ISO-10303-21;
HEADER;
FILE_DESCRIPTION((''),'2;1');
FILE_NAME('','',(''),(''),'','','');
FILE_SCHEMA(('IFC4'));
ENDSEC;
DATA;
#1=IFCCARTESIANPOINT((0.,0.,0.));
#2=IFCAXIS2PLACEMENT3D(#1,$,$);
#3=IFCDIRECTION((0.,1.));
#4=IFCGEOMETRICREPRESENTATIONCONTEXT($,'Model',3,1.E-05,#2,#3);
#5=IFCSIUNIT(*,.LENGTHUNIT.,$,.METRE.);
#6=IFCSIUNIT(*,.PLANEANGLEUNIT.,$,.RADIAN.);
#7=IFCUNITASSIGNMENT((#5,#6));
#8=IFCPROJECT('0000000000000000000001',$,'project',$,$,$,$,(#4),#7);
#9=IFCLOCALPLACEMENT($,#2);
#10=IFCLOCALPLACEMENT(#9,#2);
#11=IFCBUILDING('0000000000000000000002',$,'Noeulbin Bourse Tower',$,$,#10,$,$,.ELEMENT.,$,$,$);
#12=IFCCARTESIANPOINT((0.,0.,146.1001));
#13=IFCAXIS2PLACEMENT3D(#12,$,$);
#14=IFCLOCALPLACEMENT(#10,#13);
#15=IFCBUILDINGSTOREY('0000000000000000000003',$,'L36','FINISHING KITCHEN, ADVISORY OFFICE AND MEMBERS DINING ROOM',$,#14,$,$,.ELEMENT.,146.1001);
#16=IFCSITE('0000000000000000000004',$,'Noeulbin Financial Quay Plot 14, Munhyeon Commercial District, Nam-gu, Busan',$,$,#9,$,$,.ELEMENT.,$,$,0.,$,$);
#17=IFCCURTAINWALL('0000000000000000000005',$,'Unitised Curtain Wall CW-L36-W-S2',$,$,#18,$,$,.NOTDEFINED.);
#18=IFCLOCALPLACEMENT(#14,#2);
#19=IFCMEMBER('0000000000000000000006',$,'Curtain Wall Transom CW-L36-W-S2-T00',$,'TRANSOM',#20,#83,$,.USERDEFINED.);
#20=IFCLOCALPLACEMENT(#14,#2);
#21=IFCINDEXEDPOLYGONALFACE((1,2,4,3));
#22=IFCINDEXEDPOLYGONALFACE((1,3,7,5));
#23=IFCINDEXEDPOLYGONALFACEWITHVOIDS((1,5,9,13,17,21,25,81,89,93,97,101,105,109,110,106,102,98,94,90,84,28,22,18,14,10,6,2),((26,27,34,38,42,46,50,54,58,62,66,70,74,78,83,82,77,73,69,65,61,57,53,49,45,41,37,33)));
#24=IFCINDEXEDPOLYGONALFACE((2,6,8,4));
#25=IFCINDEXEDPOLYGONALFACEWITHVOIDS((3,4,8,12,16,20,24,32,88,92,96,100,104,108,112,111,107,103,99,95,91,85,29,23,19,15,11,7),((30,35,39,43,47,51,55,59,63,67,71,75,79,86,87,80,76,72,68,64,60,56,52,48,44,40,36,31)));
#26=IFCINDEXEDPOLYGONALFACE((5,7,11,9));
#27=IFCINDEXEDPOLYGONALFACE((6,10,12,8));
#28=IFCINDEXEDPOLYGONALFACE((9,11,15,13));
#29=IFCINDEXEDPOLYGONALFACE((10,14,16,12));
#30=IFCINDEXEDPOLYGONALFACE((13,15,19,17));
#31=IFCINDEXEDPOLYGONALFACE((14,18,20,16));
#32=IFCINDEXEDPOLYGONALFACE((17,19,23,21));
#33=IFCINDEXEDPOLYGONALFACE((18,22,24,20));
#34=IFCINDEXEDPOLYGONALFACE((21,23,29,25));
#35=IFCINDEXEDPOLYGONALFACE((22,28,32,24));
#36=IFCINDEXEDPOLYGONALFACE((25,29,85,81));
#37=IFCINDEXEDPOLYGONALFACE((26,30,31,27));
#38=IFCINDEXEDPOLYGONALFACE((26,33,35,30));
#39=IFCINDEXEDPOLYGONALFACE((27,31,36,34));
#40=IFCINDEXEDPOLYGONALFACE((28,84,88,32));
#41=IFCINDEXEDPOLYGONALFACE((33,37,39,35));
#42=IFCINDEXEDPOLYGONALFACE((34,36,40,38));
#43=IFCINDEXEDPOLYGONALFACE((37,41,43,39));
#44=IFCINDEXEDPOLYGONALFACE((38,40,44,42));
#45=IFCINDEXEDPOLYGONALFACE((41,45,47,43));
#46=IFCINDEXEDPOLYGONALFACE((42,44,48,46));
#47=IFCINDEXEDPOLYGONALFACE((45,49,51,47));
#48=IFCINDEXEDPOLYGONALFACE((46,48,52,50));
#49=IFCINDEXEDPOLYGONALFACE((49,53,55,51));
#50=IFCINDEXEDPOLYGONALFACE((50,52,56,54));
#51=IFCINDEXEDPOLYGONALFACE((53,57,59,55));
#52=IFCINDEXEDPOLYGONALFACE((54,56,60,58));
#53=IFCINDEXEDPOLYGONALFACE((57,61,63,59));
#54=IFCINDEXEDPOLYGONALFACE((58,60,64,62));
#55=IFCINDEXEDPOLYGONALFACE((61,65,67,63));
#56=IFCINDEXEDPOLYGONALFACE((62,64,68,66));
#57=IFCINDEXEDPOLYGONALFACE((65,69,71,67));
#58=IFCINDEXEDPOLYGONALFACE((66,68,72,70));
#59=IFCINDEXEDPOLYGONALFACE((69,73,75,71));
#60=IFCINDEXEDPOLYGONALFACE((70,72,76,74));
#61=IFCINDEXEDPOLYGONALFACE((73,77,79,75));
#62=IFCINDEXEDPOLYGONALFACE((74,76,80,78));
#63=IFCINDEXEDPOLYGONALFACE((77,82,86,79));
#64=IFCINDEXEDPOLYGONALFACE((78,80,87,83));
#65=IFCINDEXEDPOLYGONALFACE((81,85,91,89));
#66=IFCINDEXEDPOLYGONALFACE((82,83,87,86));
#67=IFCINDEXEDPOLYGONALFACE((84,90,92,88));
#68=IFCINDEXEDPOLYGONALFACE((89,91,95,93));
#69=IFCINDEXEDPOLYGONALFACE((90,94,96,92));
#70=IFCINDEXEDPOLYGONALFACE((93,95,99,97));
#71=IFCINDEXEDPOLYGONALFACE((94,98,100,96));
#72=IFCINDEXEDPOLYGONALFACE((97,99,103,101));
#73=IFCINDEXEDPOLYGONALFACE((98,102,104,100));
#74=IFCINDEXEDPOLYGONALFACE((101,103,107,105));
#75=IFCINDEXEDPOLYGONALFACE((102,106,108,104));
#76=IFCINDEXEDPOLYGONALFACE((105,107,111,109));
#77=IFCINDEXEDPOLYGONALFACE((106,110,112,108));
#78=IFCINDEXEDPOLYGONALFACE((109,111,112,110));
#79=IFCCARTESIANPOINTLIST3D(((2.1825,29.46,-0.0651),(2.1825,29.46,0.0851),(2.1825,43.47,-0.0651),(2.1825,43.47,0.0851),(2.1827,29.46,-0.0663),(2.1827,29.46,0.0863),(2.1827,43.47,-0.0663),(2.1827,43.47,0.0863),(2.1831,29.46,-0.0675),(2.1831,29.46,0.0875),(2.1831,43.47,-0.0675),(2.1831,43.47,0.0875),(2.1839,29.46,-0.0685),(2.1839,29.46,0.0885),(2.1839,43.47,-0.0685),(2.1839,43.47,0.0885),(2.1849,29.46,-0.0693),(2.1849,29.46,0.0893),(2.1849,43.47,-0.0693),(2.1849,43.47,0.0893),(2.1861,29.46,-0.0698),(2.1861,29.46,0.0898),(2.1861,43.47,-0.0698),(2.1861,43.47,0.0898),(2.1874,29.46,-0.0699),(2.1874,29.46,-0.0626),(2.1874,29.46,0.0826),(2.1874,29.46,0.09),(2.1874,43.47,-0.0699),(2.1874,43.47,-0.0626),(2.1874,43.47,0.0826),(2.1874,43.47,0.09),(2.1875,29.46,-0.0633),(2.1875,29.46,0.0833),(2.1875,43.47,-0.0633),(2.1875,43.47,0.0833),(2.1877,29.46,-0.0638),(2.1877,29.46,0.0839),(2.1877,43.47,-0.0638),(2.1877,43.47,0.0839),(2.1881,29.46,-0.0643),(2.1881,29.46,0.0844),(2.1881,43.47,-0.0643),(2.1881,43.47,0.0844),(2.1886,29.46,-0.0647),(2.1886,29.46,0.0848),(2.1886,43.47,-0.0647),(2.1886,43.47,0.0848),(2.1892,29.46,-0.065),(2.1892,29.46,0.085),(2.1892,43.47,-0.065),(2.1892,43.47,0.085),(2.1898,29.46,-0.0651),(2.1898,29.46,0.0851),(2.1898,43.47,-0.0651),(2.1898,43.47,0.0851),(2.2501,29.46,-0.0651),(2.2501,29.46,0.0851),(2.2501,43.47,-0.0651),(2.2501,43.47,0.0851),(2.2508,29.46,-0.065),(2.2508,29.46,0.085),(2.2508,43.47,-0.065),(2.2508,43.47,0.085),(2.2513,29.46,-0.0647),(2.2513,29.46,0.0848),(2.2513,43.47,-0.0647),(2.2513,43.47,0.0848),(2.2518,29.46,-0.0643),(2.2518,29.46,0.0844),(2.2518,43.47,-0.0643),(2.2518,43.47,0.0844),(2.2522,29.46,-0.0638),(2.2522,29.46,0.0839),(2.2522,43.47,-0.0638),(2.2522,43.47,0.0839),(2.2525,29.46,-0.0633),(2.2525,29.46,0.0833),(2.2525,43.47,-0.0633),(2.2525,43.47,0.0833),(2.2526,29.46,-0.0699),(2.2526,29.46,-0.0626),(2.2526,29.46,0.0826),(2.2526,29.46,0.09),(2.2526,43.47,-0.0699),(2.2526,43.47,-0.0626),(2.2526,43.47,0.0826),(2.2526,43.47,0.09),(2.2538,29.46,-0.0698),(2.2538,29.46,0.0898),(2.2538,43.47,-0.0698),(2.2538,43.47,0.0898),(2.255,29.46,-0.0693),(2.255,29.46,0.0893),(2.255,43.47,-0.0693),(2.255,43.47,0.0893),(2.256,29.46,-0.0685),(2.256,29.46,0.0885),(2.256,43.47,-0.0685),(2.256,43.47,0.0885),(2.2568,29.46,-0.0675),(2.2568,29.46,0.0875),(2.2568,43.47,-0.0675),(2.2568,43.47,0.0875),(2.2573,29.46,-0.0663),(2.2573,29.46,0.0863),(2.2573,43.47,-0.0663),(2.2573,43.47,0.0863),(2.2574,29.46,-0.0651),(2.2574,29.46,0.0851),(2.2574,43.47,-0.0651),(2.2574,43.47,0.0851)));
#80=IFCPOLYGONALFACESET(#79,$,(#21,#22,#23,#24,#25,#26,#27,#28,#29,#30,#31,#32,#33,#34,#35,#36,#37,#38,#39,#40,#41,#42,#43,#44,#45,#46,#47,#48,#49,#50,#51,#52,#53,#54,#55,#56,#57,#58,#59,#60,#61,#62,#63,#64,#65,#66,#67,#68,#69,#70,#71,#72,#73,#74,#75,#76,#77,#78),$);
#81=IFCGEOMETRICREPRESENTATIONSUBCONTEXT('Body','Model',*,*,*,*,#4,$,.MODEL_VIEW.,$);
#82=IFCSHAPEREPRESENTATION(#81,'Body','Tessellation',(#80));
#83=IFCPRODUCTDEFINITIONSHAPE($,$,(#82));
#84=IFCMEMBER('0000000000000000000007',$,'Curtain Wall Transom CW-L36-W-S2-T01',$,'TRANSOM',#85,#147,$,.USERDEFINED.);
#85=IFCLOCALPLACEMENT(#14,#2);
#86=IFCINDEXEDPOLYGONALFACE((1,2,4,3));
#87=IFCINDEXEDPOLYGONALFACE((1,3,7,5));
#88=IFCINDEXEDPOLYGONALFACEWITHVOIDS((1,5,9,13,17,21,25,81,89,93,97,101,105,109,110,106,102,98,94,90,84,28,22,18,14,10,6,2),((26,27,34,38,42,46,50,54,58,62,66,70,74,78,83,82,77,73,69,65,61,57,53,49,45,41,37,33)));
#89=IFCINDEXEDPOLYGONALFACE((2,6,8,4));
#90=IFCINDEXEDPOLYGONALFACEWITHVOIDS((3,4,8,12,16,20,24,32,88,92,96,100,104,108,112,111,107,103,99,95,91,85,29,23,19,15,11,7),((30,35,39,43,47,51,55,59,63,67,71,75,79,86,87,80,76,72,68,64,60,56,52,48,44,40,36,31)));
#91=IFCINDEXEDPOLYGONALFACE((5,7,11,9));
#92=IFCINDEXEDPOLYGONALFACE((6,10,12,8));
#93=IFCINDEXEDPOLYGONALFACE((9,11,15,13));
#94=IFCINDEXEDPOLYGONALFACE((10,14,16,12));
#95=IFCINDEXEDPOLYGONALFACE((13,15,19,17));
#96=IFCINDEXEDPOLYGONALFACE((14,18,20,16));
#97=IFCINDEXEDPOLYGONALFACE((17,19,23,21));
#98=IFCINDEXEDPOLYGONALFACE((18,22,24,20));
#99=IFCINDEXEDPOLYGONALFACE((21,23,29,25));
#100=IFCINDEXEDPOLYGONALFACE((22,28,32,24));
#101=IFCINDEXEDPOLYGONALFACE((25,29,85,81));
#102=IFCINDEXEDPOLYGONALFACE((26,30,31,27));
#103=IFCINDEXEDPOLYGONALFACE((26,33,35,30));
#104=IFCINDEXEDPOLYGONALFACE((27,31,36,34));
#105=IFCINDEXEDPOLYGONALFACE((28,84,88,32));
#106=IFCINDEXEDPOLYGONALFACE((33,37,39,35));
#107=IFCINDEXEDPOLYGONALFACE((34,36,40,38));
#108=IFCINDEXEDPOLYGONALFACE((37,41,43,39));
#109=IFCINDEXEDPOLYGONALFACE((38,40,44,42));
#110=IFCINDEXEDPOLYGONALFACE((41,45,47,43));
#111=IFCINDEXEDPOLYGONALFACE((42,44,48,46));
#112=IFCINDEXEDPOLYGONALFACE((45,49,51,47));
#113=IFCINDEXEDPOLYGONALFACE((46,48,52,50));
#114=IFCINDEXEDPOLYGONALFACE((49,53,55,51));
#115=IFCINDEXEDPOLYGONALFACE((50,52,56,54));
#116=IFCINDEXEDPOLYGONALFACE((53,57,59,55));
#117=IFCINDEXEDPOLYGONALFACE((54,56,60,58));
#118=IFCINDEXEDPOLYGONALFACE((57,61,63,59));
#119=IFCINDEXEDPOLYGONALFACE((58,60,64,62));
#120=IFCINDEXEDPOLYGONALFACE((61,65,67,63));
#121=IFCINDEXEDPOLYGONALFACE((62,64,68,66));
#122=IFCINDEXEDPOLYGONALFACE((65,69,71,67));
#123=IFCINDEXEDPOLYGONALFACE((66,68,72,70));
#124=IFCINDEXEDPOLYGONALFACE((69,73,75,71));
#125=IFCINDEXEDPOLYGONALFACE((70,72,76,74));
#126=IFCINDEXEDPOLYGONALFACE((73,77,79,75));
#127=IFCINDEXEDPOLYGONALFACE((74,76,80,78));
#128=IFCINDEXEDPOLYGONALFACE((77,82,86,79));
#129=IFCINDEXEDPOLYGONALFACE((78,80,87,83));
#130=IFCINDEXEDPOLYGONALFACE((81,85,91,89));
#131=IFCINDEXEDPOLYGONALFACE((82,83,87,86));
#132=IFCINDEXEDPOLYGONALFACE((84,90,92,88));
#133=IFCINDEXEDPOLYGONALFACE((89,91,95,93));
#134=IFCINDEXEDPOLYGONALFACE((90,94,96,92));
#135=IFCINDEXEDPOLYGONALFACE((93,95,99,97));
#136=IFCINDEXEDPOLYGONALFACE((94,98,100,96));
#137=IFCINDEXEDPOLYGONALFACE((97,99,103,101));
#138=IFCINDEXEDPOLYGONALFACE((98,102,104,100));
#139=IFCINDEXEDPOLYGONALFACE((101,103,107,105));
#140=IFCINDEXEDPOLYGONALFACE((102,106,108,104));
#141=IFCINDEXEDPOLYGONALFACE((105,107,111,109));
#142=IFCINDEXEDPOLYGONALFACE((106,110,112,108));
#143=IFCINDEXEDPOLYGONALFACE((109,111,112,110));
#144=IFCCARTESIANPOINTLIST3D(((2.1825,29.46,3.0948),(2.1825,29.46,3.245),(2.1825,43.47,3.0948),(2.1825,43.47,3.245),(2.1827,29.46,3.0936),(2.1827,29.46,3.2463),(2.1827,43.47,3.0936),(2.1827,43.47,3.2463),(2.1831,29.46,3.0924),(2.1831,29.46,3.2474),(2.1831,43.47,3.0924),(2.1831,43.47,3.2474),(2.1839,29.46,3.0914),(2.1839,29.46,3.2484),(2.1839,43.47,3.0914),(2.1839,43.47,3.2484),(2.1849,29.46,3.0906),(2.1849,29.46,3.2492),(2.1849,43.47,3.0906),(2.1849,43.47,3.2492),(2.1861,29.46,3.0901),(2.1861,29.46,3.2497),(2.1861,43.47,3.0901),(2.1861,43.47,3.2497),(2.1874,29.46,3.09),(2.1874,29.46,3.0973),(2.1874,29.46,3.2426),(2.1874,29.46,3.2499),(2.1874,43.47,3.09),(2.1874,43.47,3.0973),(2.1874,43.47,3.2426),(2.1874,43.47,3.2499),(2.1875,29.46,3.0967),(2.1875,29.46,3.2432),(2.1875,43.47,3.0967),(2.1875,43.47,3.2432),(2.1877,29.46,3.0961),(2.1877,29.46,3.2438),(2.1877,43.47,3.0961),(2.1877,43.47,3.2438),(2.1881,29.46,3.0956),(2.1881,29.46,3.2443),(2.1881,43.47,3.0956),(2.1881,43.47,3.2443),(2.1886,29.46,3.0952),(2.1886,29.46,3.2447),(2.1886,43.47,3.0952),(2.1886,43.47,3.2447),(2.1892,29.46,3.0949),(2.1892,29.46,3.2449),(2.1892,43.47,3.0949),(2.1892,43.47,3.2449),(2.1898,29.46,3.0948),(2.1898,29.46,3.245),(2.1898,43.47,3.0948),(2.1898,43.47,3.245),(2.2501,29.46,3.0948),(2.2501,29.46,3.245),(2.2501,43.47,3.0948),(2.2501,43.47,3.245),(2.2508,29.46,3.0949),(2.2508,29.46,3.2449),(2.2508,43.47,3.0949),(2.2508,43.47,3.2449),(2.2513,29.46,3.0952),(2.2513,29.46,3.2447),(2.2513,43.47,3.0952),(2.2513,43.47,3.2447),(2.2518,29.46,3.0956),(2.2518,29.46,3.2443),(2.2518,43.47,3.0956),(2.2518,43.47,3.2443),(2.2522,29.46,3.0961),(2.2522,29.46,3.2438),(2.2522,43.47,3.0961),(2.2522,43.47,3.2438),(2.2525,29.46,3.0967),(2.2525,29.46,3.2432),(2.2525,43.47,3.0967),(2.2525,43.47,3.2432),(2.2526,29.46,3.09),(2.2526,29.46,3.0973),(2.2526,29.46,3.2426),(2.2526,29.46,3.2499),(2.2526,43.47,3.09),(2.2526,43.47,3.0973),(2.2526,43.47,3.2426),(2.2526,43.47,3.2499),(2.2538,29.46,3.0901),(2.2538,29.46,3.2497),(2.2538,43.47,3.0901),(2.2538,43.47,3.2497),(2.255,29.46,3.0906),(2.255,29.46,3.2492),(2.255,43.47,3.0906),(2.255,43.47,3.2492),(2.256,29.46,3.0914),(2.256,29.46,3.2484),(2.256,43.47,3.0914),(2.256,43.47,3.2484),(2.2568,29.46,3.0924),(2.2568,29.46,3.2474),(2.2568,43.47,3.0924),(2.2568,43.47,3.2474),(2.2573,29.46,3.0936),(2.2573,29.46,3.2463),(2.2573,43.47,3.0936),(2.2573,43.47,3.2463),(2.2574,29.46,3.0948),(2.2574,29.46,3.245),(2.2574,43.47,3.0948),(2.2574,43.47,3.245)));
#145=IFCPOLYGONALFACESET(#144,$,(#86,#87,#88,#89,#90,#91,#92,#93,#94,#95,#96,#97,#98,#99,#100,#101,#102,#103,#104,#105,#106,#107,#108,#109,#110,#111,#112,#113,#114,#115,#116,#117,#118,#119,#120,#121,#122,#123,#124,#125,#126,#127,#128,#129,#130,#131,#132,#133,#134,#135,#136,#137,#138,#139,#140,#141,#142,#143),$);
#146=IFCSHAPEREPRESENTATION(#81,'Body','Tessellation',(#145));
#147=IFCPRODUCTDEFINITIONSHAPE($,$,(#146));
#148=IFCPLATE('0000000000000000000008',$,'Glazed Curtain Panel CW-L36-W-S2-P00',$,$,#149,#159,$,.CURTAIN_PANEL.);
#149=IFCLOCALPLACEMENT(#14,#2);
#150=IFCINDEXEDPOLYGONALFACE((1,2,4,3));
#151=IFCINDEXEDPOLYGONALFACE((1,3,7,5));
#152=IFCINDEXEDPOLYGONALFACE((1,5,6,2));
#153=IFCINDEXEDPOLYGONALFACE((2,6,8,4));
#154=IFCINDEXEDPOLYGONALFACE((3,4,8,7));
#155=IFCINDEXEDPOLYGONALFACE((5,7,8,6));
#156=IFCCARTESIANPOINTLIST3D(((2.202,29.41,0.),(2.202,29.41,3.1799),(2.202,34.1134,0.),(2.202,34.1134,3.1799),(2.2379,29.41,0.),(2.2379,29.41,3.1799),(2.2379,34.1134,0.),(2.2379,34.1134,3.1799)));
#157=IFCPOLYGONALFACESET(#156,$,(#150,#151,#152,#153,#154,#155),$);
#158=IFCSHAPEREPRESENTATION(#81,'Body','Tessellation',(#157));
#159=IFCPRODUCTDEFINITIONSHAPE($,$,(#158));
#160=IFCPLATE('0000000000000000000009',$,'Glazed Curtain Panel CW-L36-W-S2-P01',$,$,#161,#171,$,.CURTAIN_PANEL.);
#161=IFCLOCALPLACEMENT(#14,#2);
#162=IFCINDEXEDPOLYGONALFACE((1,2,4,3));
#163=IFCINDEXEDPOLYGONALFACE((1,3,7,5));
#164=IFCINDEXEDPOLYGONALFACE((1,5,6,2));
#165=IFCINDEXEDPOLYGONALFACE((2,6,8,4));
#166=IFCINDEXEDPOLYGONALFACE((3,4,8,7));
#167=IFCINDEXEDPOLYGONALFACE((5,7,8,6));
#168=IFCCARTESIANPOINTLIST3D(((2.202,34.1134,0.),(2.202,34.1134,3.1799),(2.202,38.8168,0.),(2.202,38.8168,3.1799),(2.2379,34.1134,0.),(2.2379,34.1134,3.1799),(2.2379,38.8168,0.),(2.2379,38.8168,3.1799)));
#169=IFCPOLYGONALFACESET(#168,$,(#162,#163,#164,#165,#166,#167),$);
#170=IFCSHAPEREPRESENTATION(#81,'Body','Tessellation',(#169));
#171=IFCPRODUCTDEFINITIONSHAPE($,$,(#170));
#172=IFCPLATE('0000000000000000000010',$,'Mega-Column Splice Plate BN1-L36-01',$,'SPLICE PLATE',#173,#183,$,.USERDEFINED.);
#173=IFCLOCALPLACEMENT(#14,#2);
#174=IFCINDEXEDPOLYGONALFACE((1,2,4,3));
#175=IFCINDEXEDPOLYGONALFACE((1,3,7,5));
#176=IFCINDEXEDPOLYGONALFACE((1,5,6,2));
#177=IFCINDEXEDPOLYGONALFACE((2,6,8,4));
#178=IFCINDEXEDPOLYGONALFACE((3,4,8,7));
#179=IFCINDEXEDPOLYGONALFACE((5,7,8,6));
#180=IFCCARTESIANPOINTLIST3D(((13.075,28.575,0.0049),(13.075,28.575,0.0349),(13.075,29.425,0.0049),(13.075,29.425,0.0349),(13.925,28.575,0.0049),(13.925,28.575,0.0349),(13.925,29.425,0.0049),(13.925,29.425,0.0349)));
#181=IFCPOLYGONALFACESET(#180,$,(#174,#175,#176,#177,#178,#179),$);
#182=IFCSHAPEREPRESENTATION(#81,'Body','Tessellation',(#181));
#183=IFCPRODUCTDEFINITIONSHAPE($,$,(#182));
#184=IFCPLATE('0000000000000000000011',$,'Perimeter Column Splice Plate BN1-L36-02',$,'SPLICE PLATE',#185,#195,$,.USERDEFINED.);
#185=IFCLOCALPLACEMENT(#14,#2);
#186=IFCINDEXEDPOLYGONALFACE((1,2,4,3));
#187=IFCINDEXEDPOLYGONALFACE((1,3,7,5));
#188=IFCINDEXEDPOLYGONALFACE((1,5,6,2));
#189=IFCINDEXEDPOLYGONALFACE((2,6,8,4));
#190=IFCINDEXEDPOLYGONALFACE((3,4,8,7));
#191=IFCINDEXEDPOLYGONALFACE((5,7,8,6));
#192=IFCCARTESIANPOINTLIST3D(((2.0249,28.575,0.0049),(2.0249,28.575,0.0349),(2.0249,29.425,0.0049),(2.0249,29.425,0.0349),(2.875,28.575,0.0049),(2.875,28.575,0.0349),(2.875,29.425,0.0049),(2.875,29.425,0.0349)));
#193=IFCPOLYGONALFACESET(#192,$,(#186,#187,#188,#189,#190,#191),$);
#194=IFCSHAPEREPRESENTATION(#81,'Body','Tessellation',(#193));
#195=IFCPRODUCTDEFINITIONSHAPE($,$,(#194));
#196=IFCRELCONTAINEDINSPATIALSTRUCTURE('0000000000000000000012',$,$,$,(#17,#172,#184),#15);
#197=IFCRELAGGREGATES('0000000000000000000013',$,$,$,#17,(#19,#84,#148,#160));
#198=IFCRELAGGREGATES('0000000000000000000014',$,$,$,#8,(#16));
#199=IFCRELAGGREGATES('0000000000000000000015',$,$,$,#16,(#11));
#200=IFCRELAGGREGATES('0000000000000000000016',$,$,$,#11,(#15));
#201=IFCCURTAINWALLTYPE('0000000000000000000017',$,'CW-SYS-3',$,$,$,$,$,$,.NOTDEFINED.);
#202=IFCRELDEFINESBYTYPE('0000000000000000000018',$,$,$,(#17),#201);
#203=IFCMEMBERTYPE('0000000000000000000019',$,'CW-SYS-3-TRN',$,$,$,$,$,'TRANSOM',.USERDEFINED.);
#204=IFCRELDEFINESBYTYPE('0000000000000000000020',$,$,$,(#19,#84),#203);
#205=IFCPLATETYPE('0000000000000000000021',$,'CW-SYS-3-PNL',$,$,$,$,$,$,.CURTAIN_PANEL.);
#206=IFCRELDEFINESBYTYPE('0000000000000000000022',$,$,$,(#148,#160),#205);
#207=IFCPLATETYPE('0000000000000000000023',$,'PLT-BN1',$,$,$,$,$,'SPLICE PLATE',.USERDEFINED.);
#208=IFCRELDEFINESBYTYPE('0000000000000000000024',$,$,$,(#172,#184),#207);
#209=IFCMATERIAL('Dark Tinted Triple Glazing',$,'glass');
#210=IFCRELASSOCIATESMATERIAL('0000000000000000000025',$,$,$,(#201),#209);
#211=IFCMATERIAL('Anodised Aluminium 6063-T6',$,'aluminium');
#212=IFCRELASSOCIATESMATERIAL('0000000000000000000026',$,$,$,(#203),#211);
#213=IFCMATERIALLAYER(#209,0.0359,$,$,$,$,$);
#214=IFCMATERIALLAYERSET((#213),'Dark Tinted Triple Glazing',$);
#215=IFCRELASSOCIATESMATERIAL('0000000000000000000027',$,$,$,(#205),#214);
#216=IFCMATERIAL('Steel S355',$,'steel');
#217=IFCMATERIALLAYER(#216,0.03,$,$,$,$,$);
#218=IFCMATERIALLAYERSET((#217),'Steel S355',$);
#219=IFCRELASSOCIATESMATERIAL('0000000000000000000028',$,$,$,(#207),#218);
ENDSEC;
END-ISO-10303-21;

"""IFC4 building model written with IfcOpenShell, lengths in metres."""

from ifc_helpers import new_model, si_unit, direction, frame, origin, origin_2d, place, context, subcontext, project, spatial, rectangle, hollow_rectangle, extrude, material, layer, layer_set, material_profile, profile_set, type_object, element, aggregate, save


model = new_model("IFC4")

# Units and contexts
model_context = context("Model", 3, precision=1e-05, world=origin(), true_north=direction((0.0, 1.0)))
body_context = subcontext(model_context, "Body", "Model", "MODEL_VIEW")
ifc_project = project(units=[si_unit("LENGTHUNIT", "METRE"), si_unit("PLANEANGLEUNIT", "RADIAN")], contexts=[model_context])

# Site, building, storey
site_placement = place(None, origin())
site = spatial("IfcSite", under=ifc_project, at=site_placement, Name="Noeulbin Financial Quay Plot 14, Munhyeon Commercial District, Nam-gu, Busan", CompositionType="ELEMENT", RefElevation=0.0)
building_placement = place(site_placement, origin())
building = spatial("IfcBuilding", under=site, at=building_placement, Name="Noeulbin Bourse Tower", CompositionType="ELEMENT")
storey_placement = place(building_placement, frame((0.0, 0.0, 146.1001)))
storey = spatial("IfcBuildingStorey", under=building, at=storey_placement, Name="L36", Description="FINISHING KITCHEN, ADVISORY OFFICE AND MEMBERS DINING ROOM", CompositionType="ELEMENT", Elevation=146.1001)

# Shared definitions
ifc_material_1 = material(Name="Steel S355", Category="steel")

# Shared definitions
ifc_material_2 = material(Name="Dark Tinted Triple Glazing", Category="glass")
curtain_wall_type = type_object("IfcCurtainWallType", Name="CW-SYS-3", PredefinedType="NOTDEFINED", material=ifc_material_2)
ifc_material_3 = material(Name="Anodised Aluminium 6063-T6", Category="aluminium")

# Curtain wall, members, plates
curtain_wall_1_placement = place(storey_placement, origin())
curtain_wall_1 = element("IfcCurtainWall", 1, at=curtain_wall_1_placement, inside=storey, type_object=curtain_wall_type, Name="Unitised Curtain Wall CW-L36-W-S2", PredefinedType="NOTDEFINED")
ifc_material_profile_1 = material_profile(ifc_material_3, hollow_rectangle(XDim=0.075, YDim=0.1599, WallThickness=0.0049, InnerFilletRadius=0.0024, OuterFilletRadius=0.0049, at=origin_2d()), Name="ALU-TRAN-75x160x5", Category="LoadBearing")
ifc_profile_set_1 = profile_set([ifc_material_profile_1], Name="Anodised Aluminium 6063-T6")
member_type_1 = type_object("IfcMemberType", Name="CW-SYS-3-TRN", ElementType="TRANSOM", PredefinedType="USERDEFINED", material=ifc_profile_set_1)
member_1_placement = place(storey_placement, frame((2.22, 29.46, 0.01), z_axis=(0.0, 1.0, 0.0), x_axis=(-1.0, 0.0, 0.0)))
member_1 = element("IfcMember", 2, at=member_1_placement, type_object=member_type_1, Name="Curtain Wall Transom CW-L36-W-S2-T00", ObjectType="TRANSOM", PredefinedType="USERDEFINED", context=body_context, shape_type="SweptSolid", body=[
    extrude(hollow_rectangle(XDim=0.075, YDim=0.1599, WallThickness=0.0049, InnerFilletRadius=0.0024, OuterFilletRadius=0.0049, at=origin_2d()), origin(), (0.0, 0.0, 1.0), 14.01),
])
member_2_placement = place(storey_placement, frame((2.22, 29.46, 3.1699), z_axis=(0.0, 1.0, 0.0), x_axis=(-1.0, 0.0, 0.0)))
member_2 = element("IfcMember", 3, at=member_2_placement, type_object=member_type_1, Name="Curtain Wall Transom CW-L36-W-S2-T01", ObjectType="TRANSOM", PredefinedType="USERDEFINED", context=body_context, shape_type="SweptSolid", body=[
    extrude(hollow_rectangle(XDim=0.075, YDim=0.1599, WallThickness=0.0049, InnerFilletRadius=0.0024, OuterFilletRadius=0.0049, at=origin_2d()), origin(), (0.0, 0.0, 1.0), 14.01),
])
ifc_layer_1 = layer(ifc_material_2, 0.0359)
ifc_layer_set_1 = layer_set([ifc_layer_1], Name="Dark Tinted Triple Glazing")
plate_type_1 = type_object("IfcPlateType", Name="CW-SYS-3-PNL", PredefinedType="CURTAIN_PANEL", material=ifc_layer_set_1)
plate_1_placement = place(storey_placement, frame((2.22, 31.7617, 0.0), z_axis=(0.0, 0.0, 1.0), x_axis=(0.0, 1.0, 0.0)))
plate_1 = element("IfcPlate", 4, at=plate_1_placement, type_object=plate_type_1, Name="Glazed Curtain Panel CW-L36-W-S2-P00", PredefinedType="CURTAIN_PANEL", context=body_context, shape_type="SweptSolid", body=[
    extrude(rectangle(XDim=4.7034, YDim=0.0359, at=origin_2d()), origin(), (0.0, 0.0, 1.0), 3.1799),
])
plate_2_placement = place(storey_placement, frame((2.22, 36.4651, 0.0), z_axis=(0.0, 0.0, 1.0), x_axis=(0.0, 1.0, 0.0)))
plate_2 = element("IfcPlate", 5, at=plate_2_placement, type_object=plate_type_1, Name="Glazed Curtain Panel CW-L36-W-S2-P01", PredefinedType="CURTAIN_PANEL", context=body_context, shape_type="SweptSolid", body=[
    extrude(rectangle(XDim=4.7034, YDim=0.0359, at=origin_2d()), origin(), (0.0, 0.0, 1.0), 3.1799),
])
aggregate(curtain_wall_1, [member_1, member_2, plate_1, plate_2])

# Plates
ifc_layer_2 = layer(ifc_material_1, 0.03)
ifc_layer_set_2 = layer_set([ifc_layer_2], Name="Steel S355")
plate_type_2 = type_object("IfcPlateType", Name="PLT-BN1", ElementType="SPLICE PLATE", PredefinedType="USERDEFINED", material=ifc_layer_set_2)
for number, where, z_axis, x_axis, name in (
    (6, (13.5, 29.0, 0.0049), (0.0, 0.0, 1.0), (1.0, 0.0, 0.0), "Mega-Column Splice Plate BN1-L36-01"),
    (7, (2.45, 29.0, 0.0049), (0.0, 0.0, 1.0), (1.0, 0.0, 0.0), "Perimeter Column Splice Plate BN1-L36-02"),
):
    element("IfcPlate", number, at=place(storey_placement, frame(where, z_axis=z_axis, x_axis=x_axis)), inside=storey, type_object=plate_type_2, Name=name, ObjectType="SPLICE PLATE", PredefinedType="USERDEFINED", context=body_context, shape_type="SweptSolid", body=[
        extrude(rectangle(XDim=0.8501, YDim=0.8501, at=origin_2d()), origin(), (0.0, 0.0, 1.0), 0.03),
    ])

save(model, "model.ifc")
